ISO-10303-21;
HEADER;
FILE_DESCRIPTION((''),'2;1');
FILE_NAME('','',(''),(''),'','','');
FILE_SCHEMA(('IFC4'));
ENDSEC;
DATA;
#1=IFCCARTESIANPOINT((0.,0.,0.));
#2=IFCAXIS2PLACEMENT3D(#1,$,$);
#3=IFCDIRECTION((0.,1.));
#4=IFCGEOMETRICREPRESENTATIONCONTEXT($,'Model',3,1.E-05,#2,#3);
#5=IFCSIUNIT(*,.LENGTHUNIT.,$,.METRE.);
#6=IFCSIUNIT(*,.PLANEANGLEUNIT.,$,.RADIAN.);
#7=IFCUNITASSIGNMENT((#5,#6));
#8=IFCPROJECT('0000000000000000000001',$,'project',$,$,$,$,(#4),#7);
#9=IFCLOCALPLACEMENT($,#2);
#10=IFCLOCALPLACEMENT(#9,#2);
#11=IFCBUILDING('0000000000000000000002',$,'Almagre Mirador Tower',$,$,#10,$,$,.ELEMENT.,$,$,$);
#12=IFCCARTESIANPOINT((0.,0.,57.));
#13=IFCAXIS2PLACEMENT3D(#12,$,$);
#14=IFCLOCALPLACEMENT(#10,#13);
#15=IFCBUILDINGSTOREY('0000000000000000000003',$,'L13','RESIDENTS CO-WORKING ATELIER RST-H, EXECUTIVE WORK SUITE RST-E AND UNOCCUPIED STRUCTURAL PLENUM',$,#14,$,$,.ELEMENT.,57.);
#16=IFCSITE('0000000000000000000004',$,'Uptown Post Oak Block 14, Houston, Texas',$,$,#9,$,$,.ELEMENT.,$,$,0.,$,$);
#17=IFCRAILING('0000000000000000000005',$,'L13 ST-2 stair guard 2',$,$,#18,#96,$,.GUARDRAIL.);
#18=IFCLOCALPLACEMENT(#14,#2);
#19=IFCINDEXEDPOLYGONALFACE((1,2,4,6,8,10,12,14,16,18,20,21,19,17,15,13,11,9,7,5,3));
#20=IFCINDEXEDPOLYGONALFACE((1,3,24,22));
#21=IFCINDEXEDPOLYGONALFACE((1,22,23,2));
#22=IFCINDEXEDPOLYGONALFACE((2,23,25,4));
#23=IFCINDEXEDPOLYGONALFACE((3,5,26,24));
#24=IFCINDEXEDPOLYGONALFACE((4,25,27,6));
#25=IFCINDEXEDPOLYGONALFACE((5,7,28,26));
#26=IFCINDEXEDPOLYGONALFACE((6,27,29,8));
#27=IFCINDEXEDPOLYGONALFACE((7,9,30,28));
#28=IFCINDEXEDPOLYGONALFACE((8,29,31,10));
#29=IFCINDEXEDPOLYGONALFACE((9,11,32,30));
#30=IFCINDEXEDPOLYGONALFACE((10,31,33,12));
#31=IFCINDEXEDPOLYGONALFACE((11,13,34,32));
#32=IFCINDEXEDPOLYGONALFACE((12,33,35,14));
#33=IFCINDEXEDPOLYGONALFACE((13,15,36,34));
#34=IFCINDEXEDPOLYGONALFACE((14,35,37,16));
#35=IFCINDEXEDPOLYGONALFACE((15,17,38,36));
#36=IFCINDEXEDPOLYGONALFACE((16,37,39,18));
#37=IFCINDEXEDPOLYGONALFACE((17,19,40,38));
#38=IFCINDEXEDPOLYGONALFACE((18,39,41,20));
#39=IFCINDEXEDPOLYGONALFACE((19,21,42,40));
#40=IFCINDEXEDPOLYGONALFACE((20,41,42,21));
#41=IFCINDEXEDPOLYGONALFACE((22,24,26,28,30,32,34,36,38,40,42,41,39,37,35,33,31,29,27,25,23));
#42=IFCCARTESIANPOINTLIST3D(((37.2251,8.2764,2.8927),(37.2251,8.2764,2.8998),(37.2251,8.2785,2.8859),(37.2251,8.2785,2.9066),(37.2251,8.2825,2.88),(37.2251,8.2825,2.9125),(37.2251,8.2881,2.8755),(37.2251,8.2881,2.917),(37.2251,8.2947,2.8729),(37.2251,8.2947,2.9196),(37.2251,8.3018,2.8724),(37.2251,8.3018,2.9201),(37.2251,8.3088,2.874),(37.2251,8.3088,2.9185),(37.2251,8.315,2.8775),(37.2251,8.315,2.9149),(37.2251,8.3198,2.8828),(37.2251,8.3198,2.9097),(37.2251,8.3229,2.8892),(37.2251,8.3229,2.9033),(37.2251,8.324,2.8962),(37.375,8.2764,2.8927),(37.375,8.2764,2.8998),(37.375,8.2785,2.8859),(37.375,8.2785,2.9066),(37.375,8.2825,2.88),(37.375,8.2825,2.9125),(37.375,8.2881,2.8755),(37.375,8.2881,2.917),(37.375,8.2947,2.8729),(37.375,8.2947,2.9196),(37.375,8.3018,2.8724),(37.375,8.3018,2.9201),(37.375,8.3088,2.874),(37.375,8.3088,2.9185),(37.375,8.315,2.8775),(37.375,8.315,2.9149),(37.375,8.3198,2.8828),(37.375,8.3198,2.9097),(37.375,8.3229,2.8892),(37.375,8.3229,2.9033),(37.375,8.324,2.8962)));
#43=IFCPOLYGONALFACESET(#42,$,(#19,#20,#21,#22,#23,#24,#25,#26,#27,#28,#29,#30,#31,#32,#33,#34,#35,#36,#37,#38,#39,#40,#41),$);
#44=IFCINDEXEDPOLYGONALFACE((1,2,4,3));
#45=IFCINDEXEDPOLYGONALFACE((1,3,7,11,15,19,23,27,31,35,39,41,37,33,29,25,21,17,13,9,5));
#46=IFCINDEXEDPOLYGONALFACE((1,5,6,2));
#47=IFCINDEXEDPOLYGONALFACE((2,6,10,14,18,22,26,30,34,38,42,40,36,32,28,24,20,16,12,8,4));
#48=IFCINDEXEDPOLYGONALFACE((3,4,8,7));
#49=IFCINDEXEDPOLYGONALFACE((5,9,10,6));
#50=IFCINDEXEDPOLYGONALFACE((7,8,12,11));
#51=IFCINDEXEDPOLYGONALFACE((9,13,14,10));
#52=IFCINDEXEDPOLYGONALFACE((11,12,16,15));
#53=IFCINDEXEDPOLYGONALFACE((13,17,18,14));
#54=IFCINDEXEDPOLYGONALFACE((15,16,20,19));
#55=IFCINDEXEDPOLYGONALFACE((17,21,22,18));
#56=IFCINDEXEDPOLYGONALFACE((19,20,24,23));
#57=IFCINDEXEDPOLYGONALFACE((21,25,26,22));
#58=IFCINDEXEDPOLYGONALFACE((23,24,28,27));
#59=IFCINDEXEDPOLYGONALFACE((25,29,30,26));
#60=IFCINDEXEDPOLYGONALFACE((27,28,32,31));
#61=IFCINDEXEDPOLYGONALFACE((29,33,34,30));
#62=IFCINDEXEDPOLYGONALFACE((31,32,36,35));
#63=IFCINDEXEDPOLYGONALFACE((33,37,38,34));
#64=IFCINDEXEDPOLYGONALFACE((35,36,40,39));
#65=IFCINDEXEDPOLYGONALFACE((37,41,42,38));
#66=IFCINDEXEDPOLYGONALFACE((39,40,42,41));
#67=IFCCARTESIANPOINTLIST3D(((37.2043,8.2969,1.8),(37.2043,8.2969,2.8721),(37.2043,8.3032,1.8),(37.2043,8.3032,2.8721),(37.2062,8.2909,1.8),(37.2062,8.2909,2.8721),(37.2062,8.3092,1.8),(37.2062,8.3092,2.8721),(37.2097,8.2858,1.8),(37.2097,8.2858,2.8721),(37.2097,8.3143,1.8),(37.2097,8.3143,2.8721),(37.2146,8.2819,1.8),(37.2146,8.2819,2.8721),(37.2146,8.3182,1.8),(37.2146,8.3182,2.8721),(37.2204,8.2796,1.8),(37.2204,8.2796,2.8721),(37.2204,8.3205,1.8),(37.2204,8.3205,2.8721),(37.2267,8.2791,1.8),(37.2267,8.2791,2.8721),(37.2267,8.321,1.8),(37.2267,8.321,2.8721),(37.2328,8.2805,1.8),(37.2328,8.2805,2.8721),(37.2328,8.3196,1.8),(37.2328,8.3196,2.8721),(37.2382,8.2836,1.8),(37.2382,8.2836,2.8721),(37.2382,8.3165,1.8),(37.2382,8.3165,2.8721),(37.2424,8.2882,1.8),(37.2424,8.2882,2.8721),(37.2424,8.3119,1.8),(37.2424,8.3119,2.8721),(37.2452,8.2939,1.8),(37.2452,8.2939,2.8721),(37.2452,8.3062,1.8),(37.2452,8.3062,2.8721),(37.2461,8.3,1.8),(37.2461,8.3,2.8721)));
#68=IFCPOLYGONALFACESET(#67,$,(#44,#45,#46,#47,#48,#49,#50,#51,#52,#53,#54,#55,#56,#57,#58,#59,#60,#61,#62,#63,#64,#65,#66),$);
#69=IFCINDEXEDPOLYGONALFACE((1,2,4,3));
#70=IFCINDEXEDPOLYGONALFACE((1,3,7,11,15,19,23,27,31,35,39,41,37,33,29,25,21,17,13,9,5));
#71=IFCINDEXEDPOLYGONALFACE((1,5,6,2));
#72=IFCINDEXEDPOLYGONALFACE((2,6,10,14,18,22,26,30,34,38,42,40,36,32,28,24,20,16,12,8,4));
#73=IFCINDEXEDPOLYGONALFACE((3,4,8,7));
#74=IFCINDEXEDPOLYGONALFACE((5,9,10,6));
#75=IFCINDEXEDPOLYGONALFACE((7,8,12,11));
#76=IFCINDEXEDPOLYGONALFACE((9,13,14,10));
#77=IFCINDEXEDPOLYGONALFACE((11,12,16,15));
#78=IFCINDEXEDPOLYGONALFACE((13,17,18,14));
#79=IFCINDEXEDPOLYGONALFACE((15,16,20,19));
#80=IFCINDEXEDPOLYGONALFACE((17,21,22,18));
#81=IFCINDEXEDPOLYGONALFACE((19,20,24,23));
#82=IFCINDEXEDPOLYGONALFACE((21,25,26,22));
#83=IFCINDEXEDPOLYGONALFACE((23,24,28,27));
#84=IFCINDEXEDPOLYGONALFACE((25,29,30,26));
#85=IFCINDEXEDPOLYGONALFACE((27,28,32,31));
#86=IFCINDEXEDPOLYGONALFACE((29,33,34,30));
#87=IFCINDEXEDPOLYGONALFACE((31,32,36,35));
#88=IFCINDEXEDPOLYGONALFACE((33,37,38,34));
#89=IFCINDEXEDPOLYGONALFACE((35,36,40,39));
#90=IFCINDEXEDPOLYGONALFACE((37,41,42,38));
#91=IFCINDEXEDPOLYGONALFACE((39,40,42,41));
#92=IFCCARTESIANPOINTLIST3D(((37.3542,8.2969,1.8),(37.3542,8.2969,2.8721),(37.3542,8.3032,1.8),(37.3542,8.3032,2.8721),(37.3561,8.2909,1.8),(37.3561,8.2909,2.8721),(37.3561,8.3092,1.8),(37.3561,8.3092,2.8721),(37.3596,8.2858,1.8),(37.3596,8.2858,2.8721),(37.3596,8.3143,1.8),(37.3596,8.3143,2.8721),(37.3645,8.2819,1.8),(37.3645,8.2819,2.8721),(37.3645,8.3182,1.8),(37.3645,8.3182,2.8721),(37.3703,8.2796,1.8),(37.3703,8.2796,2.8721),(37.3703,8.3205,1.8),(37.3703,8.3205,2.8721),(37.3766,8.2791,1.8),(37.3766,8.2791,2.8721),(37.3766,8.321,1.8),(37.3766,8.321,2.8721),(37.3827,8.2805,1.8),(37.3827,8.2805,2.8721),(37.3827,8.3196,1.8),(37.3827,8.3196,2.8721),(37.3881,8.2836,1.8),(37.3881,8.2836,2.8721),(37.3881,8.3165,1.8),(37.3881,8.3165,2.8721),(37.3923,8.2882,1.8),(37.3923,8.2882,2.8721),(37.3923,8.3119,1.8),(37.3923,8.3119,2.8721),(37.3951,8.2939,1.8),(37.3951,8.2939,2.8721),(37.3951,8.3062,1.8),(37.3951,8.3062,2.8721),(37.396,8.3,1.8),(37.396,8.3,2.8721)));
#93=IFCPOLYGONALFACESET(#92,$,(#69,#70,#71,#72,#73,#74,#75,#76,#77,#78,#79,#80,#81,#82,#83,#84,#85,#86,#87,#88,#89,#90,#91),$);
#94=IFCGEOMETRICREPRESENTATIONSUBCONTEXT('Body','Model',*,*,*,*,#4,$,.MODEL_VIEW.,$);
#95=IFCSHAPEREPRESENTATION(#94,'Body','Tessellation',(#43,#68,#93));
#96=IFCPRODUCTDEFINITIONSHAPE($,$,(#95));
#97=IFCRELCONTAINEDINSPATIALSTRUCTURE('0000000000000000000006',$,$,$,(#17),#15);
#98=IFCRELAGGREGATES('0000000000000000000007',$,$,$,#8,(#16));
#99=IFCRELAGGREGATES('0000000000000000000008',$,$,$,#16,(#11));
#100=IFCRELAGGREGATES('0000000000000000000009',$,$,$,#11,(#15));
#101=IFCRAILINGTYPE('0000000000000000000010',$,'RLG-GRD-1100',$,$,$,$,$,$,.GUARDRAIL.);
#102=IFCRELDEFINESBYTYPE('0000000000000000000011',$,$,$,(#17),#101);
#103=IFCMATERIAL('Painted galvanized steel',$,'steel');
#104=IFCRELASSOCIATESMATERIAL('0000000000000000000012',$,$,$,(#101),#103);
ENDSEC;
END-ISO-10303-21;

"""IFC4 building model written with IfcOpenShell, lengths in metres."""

from ifc_helpers import new_model, si_unit, direction, frame, origin, origin_2d, place, context, subcontext, project, spatial, circle, extrude, material, type_object, element, save


model = new_model("IFC4")

# Units and contexts
model_context = context("Model", 3, precision=1e-05, world=origin(), true_north=direction((0.0, 1.0)))
body_context = subcontext(model_context, "Body", "Model", "MODEL_VIEW")
ifc_project = project(units=[si_unit("LENGTHUNIT", "METRE"), si_unit("PLANEANGLEUNIT", "RADIAN")], contexts=[model_context])

# Site, building, storey
site_placement = place(None, origin())
site = spatial("IfcSite", under=ifc_project, at=site_placement, Name="Uptown Post Oak Block 14, Houston, Texas", CompositionType="ELEMENT", RefElevation=0.0)
building_placement = place(site_placement, origin())
building = spatial("IfcBuilding", under=site, at=building_placement, Name="Almagre Mirador Tower", CompositionType="ELEMENT")
storey_placement = place(building_placement, frame((0.0, 0.0, 57.0)))
storey = spatial("IfcBuildingStorey", under=building, at=storey_placement, Name="L13", Description="RESIDENTS CO-WORKING ATELIER RST-H, EXECUTIVE WORK SUITE RST-E AND UNOCCUPIED STRUCTURAL PLENUM", CompositionType="ELEMENT", Elevation=57.0)

# Railing
ifc_material_1 = material(Name="Painted galvanized steel", Category="steel")
railing_type_1 = type_object("IfcRailingType", Name="RLG-GRD-1100", PredefinedType="GUARDRAIL", material=ifc_material_1)
railing_1_placement = place(storey_placement, frame((37.2251, 8.3, 1.8)))
element("IfcRailing", 1, at=railing_1_placement, inside=storey, type_object=railing_type_1, Name="L13 ST-2 stair guard 2", PredefinedType="GUARDRAIL", context=body_context, shape_type="SweptSolid", body=[
    extrude(circle(Radius=0.0239, at=origin_2d()), frame((0.0, 0.0, 1.0962), z_axis=(1.0, 0.0, 0.0), x_axis=(0.0, 1.0, 0.0)), (0.0, 0.0, 1.0), 0.1499),
    extrude(circle(Radius=0.021, at=origin_2d()), origin(), (0.0, 0.0, 1.0), 1.072),
    extrude(circle(Radius=0.021, at=origin_2d()), frame((0.1499, 0.0, 0.0)), (0.0, 0.0, 1.0), 1.072),
])

save(model, "model.ifc")
